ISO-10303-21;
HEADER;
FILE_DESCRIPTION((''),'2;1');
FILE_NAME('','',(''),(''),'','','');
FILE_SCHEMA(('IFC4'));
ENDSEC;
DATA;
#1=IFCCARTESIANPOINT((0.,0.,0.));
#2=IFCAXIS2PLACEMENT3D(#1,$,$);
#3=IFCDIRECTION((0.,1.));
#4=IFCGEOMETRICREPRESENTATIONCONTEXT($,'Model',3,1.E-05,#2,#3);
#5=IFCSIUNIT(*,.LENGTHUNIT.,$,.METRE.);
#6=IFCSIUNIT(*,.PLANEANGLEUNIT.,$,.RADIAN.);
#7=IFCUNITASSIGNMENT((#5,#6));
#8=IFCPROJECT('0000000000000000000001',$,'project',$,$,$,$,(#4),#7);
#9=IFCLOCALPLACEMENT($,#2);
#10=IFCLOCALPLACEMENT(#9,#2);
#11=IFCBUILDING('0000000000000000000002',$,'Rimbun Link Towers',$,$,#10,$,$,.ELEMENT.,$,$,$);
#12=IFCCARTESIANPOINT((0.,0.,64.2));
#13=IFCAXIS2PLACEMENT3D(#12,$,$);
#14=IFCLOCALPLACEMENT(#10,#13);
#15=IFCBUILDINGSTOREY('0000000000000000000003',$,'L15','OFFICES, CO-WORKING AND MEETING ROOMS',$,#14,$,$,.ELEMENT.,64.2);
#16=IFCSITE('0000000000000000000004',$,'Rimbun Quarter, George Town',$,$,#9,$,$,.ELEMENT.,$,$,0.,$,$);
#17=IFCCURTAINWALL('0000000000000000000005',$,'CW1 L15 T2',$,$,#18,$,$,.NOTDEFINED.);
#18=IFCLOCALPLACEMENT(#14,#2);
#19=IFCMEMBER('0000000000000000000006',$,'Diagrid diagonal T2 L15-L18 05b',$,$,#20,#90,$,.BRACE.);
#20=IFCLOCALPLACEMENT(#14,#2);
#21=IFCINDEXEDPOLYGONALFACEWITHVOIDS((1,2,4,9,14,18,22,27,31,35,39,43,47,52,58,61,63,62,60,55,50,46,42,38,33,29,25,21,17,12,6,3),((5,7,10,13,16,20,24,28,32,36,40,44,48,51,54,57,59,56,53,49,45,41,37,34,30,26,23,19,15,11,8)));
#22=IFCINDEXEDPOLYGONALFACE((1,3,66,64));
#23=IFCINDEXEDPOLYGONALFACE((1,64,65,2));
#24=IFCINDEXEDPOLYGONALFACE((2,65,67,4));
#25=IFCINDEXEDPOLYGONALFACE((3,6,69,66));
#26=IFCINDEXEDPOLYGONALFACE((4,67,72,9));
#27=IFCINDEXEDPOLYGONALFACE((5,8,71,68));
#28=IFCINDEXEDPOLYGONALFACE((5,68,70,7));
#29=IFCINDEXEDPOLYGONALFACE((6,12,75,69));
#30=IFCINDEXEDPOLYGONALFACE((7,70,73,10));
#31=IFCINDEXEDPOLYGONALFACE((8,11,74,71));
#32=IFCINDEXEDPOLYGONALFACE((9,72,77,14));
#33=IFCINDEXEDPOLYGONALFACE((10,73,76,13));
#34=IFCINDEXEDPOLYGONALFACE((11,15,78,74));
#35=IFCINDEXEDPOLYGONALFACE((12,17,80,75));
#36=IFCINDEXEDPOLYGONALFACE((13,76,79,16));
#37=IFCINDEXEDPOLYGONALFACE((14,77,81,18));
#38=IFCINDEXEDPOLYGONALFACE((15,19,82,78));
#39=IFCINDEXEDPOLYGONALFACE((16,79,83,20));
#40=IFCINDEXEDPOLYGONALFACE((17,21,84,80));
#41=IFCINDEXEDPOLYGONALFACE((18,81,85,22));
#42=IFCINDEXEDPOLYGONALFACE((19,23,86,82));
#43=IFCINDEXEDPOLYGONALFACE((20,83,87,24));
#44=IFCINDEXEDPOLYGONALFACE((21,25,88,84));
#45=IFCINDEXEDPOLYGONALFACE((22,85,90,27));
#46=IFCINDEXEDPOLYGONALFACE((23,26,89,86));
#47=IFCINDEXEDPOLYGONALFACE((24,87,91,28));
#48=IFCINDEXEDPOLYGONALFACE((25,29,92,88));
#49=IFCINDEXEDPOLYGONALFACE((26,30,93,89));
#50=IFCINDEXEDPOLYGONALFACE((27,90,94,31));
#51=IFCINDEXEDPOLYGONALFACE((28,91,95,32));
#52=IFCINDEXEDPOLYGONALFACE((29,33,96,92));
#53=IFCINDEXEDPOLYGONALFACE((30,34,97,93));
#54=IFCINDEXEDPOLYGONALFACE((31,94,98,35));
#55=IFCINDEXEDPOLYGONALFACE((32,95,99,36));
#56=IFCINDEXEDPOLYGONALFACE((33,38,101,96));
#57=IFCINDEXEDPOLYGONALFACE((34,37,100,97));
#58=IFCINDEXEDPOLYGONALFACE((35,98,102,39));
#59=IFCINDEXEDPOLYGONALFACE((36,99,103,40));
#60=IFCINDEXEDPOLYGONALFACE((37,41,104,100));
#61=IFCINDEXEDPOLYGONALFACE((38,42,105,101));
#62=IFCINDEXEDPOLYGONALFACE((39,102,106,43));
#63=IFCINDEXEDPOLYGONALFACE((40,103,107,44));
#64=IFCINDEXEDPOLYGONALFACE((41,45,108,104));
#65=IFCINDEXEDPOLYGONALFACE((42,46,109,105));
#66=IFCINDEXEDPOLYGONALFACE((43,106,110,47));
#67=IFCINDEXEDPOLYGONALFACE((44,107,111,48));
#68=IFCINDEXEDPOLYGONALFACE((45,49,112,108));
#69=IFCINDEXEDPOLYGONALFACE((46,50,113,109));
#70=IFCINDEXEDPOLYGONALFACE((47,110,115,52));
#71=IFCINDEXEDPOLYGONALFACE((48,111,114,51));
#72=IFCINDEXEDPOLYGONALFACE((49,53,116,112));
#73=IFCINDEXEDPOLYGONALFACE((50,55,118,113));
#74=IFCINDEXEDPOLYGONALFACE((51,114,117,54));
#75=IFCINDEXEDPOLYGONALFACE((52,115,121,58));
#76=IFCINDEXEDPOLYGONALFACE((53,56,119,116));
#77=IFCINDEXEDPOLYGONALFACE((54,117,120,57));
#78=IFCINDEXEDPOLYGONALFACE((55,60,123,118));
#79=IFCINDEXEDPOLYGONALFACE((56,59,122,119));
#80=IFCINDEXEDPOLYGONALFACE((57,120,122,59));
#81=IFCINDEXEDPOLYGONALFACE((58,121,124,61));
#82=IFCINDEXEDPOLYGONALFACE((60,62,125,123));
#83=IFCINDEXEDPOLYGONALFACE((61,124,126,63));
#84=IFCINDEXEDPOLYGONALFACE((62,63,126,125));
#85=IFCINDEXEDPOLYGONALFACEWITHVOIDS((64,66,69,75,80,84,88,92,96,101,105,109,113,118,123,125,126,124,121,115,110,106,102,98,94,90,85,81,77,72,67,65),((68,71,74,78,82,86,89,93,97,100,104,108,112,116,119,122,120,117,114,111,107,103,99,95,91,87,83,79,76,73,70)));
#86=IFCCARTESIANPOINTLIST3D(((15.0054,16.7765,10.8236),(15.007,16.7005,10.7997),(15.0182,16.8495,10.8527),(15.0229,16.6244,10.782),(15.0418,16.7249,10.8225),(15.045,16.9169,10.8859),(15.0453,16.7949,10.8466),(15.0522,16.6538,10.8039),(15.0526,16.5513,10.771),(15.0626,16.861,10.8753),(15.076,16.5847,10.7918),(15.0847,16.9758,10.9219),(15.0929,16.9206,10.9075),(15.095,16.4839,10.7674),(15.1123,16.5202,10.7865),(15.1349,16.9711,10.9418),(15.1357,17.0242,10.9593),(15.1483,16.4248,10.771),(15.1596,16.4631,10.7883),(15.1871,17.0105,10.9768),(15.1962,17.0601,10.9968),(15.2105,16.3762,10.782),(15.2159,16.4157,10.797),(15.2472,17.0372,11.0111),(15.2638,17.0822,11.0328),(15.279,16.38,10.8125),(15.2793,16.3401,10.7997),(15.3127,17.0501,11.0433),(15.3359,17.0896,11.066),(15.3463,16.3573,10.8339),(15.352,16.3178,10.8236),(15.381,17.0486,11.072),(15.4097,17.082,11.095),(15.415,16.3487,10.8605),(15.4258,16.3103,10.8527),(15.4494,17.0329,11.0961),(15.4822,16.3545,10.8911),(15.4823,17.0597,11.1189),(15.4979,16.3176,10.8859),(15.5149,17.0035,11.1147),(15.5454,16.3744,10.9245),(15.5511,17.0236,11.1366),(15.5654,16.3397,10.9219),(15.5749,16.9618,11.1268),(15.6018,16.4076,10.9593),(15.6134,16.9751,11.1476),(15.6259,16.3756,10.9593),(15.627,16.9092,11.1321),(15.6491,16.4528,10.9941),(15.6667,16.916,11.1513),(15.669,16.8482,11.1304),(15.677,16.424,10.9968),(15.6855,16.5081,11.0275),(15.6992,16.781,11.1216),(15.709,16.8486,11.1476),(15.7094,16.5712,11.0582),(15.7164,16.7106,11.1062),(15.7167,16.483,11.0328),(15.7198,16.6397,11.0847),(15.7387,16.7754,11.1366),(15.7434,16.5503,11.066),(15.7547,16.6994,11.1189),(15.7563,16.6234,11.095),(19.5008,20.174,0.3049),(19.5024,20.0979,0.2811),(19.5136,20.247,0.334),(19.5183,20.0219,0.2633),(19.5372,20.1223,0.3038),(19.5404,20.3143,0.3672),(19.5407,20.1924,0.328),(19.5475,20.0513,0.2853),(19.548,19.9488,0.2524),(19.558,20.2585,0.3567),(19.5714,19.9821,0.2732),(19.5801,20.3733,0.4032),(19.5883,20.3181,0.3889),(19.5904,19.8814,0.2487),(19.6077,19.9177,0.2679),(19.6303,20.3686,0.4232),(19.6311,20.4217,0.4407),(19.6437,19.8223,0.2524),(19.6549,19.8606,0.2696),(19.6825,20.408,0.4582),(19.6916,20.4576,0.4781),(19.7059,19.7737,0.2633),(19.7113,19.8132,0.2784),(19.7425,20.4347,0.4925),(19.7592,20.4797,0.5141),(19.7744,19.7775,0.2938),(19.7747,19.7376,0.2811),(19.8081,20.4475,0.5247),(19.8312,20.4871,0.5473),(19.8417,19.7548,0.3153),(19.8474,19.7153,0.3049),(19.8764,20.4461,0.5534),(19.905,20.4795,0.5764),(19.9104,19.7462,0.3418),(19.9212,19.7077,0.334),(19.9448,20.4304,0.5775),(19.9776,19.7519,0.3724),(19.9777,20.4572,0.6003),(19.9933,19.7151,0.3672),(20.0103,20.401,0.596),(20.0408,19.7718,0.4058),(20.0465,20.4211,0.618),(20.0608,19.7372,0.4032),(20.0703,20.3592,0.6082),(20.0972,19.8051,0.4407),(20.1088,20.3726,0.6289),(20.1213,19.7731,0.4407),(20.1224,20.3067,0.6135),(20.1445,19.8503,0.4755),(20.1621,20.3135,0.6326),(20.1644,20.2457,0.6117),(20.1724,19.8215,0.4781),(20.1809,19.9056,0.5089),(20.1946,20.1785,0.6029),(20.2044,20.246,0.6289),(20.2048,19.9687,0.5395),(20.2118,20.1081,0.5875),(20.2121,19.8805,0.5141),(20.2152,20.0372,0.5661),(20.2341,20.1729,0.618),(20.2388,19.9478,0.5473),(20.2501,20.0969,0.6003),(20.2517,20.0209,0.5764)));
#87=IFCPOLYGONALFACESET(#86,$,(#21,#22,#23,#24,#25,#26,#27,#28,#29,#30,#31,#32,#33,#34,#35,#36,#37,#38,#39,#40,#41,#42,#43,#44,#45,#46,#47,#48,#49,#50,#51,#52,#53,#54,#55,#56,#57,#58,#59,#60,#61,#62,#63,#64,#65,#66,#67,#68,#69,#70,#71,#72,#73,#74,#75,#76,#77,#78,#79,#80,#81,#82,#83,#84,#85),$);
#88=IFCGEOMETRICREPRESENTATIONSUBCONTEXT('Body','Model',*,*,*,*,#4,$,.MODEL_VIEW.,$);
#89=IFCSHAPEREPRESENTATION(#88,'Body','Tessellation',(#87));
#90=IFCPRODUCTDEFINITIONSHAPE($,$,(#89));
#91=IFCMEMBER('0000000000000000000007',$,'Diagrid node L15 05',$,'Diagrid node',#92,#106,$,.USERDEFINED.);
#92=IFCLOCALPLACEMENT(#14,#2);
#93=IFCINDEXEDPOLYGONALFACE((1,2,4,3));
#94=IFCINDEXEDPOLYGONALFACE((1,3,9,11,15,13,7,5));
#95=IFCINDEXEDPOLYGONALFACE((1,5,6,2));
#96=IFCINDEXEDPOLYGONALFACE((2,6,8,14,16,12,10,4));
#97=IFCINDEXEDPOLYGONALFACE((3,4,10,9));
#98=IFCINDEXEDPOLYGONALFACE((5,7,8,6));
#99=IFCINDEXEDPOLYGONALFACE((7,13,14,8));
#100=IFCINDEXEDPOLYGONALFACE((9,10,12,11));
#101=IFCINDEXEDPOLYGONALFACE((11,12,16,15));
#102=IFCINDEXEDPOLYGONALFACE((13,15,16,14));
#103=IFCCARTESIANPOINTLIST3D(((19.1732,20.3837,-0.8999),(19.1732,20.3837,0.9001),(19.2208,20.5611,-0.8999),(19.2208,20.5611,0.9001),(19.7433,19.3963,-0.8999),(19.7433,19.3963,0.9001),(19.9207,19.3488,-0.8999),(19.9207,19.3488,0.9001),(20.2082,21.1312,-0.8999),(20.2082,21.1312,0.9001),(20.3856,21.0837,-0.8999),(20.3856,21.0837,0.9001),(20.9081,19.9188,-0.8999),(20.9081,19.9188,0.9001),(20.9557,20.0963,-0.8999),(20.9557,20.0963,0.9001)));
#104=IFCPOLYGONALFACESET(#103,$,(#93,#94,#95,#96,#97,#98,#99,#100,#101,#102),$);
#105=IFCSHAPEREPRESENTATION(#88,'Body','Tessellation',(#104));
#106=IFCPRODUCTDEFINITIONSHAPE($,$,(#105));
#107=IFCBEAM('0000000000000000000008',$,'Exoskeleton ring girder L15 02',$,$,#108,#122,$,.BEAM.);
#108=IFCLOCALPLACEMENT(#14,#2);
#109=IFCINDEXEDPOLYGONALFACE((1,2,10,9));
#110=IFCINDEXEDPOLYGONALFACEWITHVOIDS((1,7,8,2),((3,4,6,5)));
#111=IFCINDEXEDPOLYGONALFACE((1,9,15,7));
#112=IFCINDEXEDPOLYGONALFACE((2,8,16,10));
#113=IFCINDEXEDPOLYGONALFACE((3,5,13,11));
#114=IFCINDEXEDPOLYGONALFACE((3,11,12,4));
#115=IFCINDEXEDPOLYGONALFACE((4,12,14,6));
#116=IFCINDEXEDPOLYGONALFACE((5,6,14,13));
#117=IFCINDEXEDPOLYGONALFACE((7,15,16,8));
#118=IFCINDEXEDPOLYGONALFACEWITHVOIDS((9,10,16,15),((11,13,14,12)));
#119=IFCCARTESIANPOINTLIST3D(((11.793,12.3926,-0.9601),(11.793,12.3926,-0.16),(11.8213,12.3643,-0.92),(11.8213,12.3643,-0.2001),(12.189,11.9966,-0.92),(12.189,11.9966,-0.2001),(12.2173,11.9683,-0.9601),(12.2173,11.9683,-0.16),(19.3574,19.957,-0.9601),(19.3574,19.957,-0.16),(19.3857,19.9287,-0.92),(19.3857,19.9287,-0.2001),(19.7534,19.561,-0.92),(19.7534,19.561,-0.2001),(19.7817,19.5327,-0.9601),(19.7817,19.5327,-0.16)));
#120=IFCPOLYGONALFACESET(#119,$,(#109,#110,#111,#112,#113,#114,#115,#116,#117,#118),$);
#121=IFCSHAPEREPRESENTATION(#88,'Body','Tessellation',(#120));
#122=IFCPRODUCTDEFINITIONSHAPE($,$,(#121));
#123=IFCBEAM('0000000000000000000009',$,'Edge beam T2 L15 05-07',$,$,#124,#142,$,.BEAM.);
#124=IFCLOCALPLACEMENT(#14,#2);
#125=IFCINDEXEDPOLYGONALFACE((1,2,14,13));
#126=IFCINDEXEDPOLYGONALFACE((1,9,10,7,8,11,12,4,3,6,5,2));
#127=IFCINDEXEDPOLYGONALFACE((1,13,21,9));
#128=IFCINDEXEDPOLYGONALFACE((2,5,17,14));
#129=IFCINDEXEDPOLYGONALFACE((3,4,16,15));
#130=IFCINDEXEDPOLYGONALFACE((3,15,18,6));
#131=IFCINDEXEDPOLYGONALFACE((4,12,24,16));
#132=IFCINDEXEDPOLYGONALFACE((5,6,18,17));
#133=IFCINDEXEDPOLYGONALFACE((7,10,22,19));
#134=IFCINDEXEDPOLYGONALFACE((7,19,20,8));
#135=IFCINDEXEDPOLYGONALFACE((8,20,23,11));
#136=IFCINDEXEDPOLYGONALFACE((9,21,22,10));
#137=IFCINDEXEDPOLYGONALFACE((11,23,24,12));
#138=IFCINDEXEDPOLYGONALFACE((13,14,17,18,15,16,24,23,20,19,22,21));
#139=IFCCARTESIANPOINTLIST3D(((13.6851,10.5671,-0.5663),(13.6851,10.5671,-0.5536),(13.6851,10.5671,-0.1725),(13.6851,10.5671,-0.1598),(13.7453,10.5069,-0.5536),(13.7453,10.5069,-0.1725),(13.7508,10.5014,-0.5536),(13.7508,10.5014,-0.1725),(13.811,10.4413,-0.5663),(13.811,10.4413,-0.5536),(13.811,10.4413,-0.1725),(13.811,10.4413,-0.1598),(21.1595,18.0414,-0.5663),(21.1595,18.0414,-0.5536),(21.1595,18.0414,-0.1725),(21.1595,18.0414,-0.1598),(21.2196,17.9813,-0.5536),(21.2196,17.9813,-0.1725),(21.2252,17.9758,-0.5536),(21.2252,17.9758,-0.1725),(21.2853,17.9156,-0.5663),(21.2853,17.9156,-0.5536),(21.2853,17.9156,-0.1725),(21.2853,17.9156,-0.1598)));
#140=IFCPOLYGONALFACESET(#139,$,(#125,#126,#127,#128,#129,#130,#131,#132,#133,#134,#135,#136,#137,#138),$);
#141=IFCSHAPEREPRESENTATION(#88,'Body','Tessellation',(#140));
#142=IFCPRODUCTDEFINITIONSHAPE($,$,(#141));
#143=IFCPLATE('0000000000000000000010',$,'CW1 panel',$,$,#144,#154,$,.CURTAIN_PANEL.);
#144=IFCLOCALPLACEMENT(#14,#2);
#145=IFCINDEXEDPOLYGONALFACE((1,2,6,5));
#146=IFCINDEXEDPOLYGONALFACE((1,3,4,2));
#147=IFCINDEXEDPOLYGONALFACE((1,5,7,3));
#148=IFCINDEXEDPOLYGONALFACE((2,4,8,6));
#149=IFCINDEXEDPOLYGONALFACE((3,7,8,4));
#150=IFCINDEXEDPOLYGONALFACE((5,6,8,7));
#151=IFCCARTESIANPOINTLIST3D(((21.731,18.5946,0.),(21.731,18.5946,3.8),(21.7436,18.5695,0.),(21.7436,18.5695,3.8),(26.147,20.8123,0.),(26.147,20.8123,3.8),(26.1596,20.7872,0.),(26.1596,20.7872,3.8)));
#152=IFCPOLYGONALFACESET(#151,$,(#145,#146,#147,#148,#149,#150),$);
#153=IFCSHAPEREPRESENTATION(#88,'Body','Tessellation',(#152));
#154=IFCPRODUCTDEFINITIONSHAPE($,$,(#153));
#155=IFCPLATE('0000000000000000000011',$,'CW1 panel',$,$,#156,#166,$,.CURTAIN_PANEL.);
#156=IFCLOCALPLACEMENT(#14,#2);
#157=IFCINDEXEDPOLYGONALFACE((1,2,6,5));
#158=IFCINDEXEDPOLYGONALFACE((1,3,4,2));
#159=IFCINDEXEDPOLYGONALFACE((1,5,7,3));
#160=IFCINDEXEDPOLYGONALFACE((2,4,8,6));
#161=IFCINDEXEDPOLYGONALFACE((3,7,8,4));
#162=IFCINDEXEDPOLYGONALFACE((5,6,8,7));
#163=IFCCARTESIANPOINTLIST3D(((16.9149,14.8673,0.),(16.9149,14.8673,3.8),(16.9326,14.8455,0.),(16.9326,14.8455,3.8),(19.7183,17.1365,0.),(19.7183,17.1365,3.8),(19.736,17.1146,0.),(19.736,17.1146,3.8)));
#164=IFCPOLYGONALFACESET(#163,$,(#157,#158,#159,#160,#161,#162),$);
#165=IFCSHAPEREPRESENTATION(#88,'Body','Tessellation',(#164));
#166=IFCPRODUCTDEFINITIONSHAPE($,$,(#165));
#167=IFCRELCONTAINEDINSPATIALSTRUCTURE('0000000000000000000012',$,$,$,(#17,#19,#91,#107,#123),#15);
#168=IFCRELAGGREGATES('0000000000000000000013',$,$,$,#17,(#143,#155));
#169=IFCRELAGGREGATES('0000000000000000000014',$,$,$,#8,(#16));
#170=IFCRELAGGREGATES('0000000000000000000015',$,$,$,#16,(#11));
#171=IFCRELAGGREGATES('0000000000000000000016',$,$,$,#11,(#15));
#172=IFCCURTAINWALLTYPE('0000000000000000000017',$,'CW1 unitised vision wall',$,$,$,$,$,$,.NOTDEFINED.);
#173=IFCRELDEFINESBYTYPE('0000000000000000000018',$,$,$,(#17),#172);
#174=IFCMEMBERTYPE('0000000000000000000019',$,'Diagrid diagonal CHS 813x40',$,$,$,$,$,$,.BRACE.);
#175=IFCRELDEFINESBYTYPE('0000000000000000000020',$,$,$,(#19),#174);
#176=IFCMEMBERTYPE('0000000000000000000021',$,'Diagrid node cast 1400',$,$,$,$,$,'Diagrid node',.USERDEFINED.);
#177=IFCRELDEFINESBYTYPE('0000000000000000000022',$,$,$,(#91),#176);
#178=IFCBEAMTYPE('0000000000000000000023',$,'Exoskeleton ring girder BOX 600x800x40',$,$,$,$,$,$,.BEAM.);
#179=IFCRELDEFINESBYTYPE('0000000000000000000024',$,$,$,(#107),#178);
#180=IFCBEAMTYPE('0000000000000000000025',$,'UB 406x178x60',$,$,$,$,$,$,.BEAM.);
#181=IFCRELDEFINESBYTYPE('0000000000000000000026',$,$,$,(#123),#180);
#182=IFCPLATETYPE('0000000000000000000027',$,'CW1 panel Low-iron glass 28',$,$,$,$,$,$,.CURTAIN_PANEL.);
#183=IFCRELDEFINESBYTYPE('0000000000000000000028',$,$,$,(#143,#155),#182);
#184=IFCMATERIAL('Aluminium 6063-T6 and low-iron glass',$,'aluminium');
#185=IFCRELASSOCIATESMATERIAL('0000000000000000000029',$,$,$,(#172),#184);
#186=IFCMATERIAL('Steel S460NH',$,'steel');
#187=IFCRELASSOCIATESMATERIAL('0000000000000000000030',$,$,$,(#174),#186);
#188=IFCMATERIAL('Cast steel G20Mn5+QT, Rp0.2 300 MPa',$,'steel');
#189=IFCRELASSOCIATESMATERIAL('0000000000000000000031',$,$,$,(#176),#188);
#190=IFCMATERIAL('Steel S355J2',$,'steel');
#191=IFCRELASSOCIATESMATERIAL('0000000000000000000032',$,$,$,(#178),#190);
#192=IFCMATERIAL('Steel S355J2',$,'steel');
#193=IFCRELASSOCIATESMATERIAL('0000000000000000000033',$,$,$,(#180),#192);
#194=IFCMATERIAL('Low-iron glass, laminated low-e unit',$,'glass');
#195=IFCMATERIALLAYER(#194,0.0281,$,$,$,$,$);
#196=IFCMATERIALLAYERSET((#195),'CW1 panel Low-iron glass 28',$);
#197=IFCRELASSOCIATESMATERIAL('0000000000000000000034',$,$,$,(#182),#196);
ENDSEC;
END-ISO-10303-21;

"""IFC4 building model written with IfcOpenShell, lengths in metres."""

from ifc_helpers import new_model, si_unit, direction, frame, origin, origin_2d, place, context, subcontext, project, spatial, polyline, rectangle, hollow_rectangle, hollow_circle, i_section, outline, extrude, material, layer, layer_set, material_profile, profile_set, type_object, element, aggregate, save


model = new_model("IFC4")

# Units and contexts
model_context = context("Model", 3, precision=1e-05, world=origin(), true_north=direction((0.0, 1.0)))
body_context = subcontext(model_context, "Body", "Model", "MODEL_VIEW")
ifc_project = project(units=[si_unit("LENGTHUNIT", "METRE"), si_unit("PLANEANGLEUNIT", "RADIAN")], contexts=[model_context])

# Site, building, storey
site_placement = place(None, origin())
site = spatial("IfcSite", under=ifc_project, at=site_placement, Name="Rimbun Quarter, George Town", CompositionType="ELEMENT", RefElevation=0.0)
building_placement = place(site_placement, origin())
building = spatial("IfcBuilding", under=site, at=building_placement, Name="Rimbun Link Towers", CompositionType="ELEMENT")
storey_placement = place(building_placement, frame((0.0, 0.0, 64.2)))
storey = spatial("IfcBuildingStorey", under=building, at=storey_placement, Name="L15", Description="OFFICES, CO-WORKING AND MEETING ROOMS", CompositionType="ELEMENT", Elevation=64.2)

# Curtain wall
ifc_material_1 = material(Name="Aluminium 6063-T6 and low-iron glass", Category="aluminium")
curtain_wall_type = type_object("IfcCurtainWallType", Name="CW1 unitised vision wall", PredefinedType="NOTDEFINED", material=ifc_material_1)
curtain_wall_placement = place(storey_placement, origin())
curtain_wall = element("IfcCurtainWall", 1, at=curtain_wall_placement, inside=storey, type_object=curtain_wall_type, Name="CW1 L15 T2", PredefinedType="NOTDEFINED")

# Members
ifc_material_2 = material(Name="Steel S460NH", Category="steel")
ifc_material_profile_1 = material_profile(ifc_material_2, hollow_circle(Radius=0.4065, WallThickness=0.04, at=origin_2d()), Name="Diagrid diagonal CHS 813x40")
ifc_profile_set_1 = profile_set([ifc_material_profile_1], Name="Steel S460NH")
member_type_1 = type_object("IfcMemberType", Name="Diagrid diagonal CHS 813x40", PredefinedType="BRACE", material=ifc_profile_set_1)
member_1_placement = place(storey_placement, frame((19.8762, 20.0974, 0.4407), z_axis=(-0.376724, -0.284717, 0.881485), x_axis=(0.602942, -0.797785, 0.0)))
element("IfcMember", 2, at=member_1_placement, inside=storey, type_object=member_type_1, Name="Diagrid diagonal T2 L15-L18 05b", PredefinedType="BRACE", context=body_context, shape_type="SweptSolid", body=[
    extrude(hollow_circle(Radius=0.4065, WallThickness=0.04, at=origin_2d()), origin(), (0.0, 0.0, 1.0), 11.9329),
])
ifc_material_3 = material(Name="Cast steel G20Mn5+QT, Rp0.2 300 MPa", Category="steel")
ifc_material_profile_2 = material_profile(ifc_material_3, outline(polyline([(0.7, -0.5701), (0.7, 0.5701), (0.5701, 0.7), (-0.5701, 0.7), (-0.7, 0.5701), (-0.7, -0.5701), (-0.5701, -0.7), (0.5701, -0.7), (0.7, -0.5701)])), Name="NODE 1400x1400")
ifc_profile_set_2 = profile_set([ifc_material_profile_2], Name="Cast steel G20Mn5+QT, Rp0.2 300 MPa")
member_type_2 = type_object("IfcMemberType", Name="Diagrid node cast 1400", ElementType="Diagrid node", PredefinedType="USERDEFINED", material=ifc_profile_set_2)
member_2_placement = place(storey_placement, frame((20.0645, 20.24, -0.8999), z_axis=(0.0, 0.0, 1.0), x_axis=(-0.5, 0.866025, 0.0)))
element("IfcMember", 3, at=member_2_placement, inside=storey, type_object=member_type_2, Name="Diagrid node L15 05", ObjectType="Diagrid node", PredefinedType="USERDEFINED", context=body_context, shape_type="SweptSolid", body=[
    extrude(outline(polyline([(0.7, -0.5701), (0.7, 0.5701), (0.5701, 0.7), (-0.5701, 0.7), (-0.7, 0.5701), (-0.7, -0.5701), (-0.5701, -0.7), (0.5701, -0.7), (0.7, -0.5701)])), origin(), (0.0, 0.0, 1.0), 1.8),
])

# Beams
ifc_material_4 = material(Name="Steel S355J2", Category="steel")
ifc_material_profile_3 = material_profile(ifc_material_4, hollow_rectangle(XDim=0.6001, YDim=0.8, WallThickness=0.04, at=origin_2d()), Name="Exoskeleton ring girder BOX 600x800x40")
ifc_profile_set_3 = profile_set([ifc_material_profile_3], Name="Steel S355J2")
beam_type_1 = type_object("IfcBeamType", Name="Exoskeleton ring girder BOX 600x800x40", PredefinedType="BEAM", material=ifc_profile_set_3)
beam_1_placement = place(storey_placement, frame((19.5696, 19.7449, -0.5601), z_axis=(-0.707107, -0.707107, 0.0), x_axis=(0.707107, -0.707107, 0.0)))
element("IfcBeam", 4, at=beam_1_placement, inside=storey, type_object=beam_type_1, Name="Exoskeleton ring girder L15 02", PredefinedType="BEAM", context=body_context, shape_type="SweptSolid", body=[
    extrude(hollow_rectangle(XDim=0.6001, YDim=0.8, WallThickness=0.04, at=origin_2d()), origin(), (0.0, 0.0, 1.0), 10.6978),
])
ifc_material_5 = material(Name="Steel S355J2", Category="steel")
ifc_material_profile_4 = material_profile(ifc_material_5, i_section(OverallWidth=0.178, OverallDepth=0.4065, WebThickness=0.0078, FlangeThickness=0.0127, at=origin_2d()), Name="UB 406x178x60")
ifc_profile_set_4 = profile_set([ifc_material_profile_4], Name="Steel S355J2")
beam_type_2 = type_object("IfcBeamType", Name="UB 406x178x60", PredefinedType="BEAM", material=ifc_profile_set_4)
beam_2_placement = place(storey_placement, frame((21.2224, 17.9785, -0.363), z_axis=(-0.707107, -0.707107, 0.0), x_axis=(0.707107, -0.707107, 0.0)))
element("IfcBeam", 5, at=beam_2_placement, inside=storey, type_object=beam_type_2, Name="Edge beam T2 L15 05-07", PredefinedType="BEAM", context=body_context, shape_type="SweptSolid", body=[
    extrude(i_section(OverallWidth=0.178, OverallDepth=0.4065, WebThickness=0.0078, FlangeThickness=0.0127, at=origin_2d()), origin(), (0.0, 0.0, 1.0), 10.5703),
])

# Plates
ifc_material_6 = material(Name="Low-iron glass, laminated low-e unit", Category="glass")
ifc_layer_1 = layer(ifc_material_6, 0.0281)
ifc_layer_set_1 = layer_set([ifc_layer_1], Name="CW1 panel Low-iron glass 28")
plate_type = type_object("IfcPlateType", Name="CW1 panel Low-iron glass 28", PredefinedType="CURTAIN_PANEL", material=ifc_layer_set_1)
plate_1_placement = place(storey_placement, frame((23.9453, 19.6909, 0.0), z_axis=(0.0, 0.0, 1.0), x_axis=(0.893641, 0.448782, 0.0)))
plate_1 = element("IfcPlate", 6, at=plate_1_placement, type_object=plate_type, Name="CW1 panel", PredefinedType="CURTAIN_PANEL", context=body_context, shape_type="SweptSolid", body=[
    extrude(rectangle(XDim=4.9417, YDim=0.0281, at=origin_2d()), origin(), (0.0, 0.0, 1.0), 3.8),
])
plate_2_placement = place(storey_placement, frame((18.3254, 15.991, 0.0), z_axis=(0.0, 0.0, 1.0), x_axis=(0.77728, 0.629155, 0.0)))
plate_2 = element("IfcPlate", 7, at=plate_2_placement, type_object=plate_type, Name="CW1 panel", PredefinedType="CURTAIN_PANEL", context=body_context, shape_type="SweptSolid", body=[
    extrude(rectangle(XDim=3.6067, YDim=0.0281, at=origin_2d()), origin(), (0.0, 0.0, 1.0), 3.8),
])
aggregate(curtain_wall, [plate_1, plate_2])

save(model, "model.ifc")
